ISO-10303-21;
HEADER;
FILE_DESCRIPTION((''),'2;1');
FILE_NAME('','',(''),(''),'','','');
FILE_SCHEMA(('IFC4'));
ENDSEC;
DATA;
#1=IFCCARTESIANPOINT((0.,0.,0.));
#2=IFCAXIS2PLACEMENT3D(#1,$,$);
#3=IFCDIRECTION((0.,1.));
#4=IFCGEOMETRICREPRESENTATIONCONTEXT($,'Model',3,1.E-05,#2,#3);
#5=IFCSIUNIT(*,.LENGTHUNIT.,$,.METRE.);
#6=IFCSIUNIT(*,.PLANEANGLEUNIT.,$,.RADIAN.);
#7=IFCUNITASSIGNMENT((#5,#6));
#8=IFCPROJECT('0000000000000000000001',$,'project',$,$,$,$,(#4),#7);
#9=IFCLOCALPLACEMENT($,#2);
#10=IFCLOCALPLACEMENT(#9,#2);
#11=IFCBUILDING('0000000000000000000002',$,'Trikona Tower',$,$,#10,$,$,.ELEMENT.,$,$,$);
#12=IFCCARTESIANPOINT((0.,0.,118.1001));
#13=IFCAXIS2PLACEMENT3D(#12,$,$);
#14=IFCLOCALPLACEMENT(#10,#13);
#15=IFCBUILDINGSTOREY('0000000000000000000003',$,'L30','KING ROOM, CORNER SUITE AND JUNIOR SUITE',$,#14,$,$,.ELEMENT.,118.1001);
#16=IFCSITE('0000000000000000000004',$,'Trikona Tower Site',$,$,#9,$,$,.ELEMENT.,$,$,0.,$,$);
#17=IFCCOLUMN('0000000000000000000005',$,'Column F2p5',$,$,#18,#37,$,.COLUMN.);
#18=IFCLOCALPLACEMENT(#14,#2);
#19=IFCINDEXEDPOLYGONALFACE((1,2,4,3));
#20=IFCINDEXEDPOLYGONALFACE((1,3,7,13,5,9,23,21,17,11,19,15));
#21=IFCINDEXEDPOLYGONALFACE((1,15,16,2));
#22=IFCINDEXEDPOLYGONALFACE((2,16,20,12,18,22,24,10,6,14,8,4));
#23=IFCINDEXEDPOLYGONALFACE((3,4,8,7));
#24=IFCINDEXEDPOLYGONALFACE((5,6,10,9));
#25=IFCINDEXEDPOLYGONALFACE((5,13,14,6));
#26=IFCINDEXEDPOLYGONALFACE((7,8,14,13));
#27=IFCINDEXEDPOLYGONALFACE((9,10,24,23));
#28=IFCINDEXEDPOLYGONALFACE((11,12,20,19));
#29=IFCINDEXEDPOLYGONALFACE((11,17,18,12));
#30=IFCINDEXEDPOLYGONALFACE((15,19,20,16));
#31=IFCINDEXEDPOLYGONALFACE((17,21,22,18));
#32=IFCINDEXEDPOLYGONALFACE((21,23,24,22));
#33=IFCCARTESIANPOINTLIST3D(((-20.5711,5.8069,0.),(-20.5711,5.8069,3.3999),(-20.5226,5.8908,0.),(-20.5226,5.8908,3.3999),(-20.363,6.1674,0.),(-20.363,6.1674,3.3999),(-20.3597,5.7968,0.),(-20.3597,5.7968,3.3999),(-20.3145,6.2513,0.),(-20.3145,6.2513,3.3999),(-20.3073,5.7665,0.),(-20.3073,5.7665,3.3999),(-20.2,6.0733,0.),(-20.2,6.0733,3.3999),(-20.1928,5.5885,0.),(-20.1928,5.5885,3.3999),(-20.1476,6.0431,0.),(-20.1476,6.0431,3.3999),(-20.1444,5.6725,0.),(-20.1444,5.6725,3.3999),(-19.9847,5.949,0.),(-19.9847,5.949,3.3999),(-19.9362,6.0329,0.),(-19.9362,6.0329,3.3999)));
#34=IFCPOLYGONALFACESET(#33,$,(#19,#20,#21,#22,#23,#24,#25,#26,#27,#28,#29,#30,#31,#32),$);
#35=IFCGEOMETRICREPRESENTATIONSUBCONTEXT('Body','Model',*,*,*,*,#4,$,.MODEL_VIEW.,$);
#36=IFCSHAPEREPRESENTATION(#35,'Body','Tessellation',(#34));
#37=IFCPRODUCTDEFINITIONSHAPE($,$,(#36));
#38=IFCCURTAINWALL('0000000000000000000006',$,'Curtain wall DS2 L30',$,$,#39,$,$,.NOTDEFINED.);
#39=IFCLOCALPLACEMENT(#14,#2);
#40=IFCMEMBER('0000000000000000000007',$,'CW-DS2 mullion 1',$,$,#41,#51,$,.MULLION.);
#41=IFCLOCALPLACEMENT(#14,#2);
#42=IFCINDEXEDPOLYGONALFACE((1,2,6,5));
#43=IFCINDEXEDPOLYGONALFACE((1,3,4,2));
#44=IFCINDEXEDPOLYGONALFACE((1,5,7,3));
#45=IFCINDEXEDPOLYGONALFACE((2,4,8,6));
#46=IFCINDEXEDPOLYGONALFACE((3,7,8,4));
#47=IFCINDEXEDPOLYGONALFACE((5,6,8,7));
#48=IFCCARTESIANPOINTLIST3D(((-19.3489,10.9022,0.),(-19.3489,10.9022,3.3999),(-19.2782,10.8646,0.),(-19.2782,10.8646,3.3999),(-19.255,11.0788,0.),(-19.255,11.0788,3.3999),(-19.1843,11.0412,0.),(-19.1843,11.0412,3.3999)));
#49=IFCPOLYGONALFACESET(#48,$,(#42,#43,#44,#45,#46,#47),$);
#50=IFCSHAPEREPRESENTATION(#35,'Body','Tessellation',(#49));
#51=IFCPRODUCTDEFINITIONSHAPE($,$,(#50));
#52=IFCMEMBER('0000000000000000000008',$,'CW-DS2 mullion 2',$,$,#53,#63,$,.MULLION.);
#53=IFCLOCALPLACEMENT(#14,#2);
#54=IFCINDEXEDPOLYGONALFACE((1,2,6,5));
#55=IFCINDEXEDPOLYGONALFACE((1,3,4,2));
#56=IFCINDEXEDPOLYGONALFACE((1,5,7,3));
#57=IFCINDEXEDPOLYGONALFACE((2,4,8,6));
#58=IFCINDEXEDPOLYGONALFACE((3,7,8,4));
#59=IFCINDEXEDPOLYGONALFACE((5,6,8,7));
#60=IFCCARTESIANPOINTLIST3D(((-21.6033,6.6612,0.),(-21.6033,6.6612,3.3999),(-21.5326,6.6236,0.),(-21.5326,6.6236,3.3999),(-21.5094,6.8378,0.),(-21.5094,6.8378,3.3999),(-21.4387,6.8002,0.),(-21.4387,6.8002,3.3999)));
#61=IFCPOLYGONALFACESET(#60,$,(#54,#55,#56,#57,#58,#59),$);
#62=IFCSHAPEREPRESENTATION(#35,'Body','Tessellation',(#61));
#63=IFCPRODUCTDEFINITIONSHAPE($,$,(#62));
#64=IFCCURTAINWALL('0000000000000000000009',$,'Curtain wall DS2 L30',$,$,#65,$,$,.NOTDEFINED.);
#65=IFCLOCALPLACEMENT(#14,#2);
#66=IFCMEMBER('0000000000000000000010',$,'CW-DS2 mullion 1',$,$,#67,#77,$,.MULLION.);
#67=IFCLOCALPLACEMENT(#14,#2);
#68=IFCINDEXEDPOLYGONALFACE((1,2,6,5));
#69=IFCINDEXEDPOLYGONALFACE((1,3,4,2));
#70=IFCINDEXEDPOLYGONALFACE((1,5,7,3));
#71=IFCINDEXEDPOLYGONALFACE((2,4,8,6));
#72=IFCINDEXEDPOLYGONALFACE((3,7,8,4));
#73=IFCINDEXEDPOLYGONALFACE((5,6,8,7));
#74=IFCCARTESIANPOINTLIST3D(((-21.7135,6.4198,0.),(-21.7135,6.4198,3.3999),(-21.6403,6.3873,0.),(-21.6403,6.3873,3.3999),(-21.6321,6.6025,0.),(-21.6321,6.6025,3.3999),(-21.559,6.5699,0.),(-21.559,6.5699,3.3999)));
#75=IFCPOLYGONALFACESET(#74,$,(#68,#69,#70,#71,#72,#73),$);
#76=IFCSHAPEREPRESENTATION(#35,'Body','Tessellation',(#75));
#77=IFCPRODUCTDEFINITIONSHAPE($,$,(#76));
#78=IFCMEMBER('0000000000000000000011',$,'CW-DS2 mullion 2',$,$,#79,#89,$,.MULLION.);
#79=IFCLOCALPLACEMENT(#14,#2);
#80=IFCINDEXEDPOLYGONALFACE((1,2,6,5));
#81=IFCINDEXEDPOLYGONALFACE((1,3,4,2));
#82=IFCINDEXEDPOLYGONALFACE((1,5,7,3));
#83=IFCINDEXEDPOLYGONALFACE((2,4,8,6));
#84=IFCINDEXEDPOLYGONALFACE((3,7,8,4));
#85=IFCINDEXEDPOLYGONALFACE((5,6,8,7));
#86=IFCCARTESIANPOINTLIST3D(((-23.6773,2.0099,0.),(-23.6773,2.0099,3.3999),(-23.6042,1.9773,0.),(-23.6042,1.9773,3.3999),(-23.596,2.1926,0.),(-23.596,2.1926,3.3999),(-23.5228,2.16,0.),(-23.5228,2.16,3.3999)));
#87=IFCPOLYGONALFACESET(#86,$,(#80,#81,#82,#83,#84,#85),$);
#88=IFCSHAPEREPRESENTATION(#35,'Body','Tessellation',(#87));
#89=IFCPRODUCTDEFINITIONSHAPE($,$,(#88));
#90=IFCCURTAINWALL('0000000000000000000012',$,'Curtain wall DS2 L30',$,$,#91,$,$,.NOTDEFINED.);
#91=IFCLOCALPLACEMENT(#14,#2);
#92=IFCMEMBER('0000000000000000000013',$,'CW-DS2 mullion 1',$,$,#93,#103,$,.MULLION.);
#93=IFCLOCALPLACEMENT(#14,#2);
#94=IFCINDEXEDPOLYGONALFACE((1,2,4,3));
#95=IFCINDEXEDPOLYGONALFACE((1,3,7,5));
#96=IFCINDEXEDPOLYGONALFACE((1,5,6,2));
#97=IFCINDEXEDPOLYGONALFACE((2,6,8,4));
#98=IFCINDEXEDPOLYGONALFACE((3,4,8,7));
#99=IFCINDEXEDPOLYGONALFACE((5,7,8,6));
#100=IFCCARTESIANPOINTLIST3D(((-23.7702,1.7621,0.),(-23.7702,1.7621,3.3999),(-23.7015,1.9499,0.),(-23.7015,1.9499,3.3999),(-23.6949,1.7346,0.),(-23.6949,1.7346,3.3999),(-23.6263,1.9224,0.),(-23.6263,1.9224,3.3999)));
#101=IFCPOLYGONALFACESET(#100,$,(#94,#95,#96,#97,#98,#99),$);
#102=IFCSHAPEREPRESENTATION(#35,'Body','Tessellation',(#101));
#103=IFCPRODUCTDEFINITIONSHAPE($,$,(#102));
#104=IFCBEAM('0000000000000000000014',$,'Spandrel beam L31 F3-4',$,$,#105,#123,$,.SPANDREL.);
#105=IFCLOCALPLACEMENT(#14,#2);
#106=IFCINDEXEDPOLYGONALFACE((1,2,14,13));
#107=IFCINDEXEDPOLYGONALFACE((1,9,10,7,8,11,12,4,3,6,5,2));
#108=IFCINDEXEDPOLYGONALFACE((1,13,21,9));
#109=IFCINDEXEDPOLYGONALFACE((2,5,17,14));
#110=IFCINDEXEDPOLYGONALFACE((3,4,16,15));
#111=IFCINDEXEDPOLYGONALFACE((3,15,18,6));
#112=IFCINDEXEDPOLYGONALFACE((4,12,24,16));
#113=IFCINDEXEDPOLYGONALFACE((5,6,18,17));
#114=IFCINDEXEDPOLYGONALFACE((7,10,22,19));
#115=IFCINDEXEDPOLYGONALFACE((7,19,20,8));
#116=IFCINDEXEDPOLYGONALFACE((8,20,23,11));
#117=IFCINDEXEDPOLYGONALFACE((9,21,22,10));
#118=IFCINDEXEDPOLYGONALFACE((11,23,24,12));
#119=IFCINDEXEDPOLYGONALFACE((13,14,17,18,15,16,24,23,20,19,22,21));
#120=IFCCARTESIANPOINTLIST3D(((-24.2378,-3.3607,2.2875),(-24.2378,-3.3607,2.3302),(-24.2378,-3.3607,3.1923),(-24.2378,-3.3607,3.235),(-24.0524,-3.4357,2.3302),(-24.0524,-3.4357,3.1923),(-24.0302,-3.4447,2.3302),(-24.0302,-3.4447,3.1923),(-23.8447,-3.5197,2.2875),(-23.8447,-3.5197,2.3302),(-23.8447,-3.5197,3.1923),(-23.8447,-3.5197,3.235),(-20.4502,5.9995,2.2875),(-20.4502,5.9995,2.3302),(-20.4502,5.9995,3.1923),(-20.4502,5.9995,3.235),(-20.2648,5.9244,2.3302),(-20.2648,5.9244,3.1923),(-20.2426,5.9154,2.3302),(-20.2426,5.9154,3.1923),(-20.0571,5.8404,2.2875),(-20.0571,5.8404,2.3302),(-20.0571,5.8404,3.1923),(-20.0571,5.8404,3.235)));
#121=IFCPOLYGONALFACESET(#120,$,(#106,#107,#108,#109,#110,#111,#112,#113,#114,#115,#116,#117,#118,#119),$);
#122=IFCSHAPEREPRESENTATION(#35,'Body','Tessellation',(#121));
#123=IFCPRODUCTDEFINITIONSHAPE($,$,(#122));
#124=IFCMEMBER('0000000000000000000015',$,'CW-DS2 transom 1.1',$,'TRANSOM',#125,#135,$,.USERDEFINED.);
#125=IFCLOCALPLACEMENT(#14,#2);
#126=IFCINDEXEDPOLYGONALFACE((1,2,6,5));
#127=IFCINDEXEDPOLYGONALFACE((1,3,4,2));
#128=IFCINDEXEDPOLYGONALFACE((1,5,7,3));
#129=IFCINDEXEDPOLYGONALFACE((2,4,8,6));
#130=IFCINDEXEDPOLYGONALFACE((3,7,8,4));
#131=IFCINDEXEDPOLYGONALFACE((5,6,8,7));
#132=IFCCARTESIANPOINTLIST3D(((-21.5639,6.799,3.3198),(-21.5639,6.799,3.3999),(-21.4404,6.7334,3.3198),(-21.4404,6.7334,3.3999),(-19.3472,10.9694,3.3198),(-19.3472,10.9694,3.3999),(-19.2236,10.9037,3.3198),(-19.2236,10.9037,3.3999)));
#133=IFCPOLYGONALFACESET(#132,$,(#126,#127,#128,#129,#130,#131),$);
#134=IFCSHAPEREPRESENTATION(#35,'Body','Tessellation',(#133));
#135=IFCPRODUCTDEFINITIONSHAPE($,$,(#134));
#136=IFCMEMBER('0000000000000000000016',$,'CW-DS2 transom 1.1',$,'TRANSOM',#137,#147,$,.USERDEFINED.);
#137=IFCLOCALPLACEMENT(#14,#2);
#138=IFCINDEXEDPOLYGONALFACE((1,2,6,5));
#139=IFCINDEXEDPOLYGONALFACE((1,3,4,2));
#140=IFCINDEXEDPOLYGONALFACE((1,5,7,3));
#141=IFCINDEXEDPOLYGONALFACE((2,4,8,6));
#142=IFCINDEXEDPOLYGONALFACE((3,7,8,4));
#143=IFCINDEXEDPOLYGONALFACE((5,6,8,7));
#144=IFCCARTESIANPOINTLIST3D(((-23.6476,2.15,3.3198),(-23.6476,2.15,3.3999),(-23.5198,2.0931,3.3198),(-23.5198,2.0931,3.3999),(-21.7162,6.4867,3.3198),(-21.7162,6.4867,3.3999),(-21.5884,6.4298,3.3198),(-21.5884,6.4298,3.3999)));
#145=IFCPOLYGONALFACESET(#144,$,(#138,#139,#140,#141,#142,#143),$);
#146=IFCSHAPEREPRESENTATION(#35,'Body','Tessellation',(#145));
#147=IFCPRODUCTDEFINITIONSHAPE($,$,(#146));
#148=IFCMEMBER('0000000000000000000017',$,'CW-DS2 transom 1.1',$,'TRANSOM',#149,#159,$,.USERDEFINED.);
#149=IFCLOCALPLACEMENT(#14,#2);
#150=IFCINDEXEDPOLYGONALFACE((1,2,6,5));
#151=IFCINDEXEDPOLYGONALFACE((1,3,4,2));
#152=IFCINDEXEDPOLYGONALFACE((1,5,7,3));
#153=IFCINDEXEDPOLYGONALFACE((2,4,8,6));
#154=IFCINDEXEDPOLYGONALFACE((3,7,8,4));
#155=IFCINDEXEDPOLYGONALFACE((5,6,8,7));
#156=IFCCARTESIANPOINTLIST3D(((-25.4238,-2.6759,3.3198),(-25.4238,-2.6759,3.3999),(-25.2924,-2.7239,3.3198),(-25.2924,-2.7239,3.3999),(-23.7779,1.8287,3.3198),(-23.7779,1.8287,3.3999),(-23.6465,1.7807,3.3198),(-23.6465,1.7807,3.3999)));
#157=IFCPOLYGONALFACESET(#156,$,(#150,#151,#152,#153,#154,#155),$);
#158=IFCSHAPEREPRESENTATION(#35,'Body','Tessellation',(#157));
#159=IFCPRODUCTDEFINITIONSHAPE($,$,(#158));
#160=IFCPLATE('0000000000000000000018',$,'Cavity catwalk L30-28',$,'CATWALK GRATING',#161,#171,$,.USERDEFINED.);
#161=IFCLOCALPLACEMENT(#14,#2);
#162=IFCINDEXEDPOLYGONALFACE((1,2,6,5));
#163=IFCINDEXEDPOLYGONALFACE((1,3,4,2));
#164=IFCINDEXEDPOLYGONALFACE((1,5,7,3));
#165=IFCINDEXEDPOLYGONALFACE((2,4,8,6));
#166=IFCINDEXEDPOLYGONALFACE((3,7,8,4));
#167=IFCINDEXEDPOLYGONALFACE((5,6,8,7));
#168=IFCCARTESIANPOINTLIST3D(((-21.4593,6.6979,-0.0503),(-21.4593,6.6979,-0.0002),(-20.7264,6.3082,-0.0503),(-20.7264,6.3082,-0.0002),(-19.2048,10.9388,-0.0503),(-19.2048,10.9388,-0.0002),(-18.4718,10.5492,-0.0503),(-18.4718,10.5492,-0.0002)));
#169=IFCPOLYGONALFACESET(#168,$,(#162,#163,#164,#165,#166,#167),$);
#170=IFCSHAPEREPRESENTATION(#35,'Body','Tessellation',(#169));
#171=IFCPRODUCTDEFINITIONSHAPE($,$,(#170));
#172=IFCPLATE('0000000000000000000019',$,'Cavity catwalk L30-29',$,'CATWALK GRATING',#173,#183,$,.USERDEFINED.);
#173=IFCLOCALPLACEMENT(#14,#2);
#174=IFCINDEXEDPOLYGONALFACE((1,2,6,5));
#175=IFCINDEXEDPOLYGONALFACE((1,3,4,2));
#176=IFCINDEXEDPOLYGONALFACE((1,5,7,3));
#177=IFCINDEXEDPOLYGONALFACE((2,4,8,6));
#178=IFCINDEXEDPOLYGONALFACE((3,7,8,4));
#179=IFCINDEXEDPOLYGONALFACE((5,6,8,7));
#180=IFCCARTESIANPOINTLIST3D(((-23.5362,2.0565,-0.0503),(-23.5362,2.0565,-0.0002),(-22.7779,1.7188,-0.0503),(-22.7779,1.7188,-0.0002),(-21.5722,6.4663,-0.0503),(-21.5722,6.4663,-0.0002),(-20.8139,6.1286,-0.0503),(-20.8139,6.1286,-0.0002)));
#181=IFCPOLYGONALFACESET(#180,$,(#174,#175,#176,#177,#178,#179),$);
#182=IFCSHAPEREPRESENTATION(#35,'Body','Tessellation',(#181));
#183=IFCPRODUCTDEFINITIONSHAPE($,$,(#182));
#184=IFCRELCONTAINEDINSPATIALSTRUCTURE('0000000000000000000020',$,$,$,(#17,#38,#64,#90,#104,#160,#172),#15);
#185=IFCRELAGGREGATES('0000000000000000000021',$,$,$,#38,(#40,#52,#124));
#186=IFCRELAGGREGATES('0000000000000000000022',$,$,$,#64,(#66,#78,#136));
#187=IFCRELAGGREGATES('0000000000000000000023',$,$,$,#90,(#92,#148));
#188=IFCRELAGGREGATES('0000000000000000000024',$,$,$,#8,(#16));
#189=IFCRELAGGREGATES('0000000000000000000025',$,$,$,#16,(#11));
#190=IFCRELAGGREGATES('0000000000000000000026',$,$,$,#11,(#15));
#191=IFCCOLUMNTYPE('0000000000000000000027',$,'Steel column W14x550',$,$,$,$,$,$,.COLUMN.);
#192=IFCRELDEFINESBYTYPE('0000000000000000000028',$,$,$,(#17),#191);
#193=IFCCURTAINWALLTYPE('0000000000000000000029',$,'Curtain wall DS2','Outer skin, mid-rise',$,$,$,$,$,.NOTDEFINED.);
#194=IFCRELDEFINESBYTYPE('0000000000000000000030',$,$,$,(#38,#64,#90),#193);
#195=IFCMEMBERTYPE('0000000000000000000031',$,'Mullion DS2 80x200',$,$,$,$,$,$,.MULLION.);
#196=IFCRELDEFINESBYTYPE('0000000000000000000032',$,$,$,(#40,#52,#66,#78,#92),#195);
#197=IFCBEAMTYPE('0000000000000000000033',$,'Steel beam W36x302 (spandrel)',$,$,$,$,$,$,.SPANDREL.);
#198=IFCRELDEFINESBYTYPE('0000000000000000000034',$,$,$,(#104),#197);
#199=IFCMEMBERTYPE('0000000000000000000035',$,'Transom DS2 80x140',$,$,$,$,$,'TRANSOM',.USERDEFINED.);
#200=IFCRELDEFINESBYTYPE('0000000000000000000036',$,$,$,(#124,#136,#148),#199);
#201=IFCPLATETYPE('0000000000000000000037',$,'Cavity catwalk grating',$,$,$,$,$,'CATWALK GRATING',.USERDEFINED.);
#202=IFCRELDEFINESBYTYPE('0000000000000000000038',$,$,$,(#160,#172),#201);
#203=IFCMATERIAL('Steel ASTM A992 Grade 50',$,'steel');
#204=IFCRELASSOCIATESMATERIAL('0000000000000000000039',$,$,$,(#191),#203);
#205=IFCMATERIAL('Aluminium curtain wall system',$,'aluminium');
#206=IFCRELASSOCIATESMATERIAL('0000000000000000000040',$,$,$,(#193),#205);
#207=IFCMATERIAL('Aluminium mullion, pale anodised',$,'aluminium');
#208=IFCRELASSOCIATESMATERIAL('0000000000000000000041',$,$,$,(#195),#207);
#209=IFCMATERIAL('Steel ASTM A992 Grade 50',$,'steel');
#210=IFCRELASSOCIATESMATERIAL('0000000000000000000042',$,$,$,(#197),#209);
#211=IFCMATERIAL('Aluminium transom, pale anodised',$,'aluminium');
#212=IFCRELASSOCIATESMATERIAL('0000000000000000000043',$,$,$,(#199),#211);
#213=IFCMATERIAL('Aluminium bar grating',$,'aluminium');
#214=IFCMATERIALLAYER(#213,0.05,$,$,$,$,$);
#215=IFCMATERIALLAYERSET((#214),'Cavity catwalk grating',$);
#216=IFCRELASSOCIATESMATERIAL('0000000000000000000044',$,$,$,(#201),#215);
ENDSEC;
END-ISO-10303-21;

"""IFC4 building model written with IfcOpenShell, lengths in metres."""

from ifc_helpers import new_model, si_unit, direction, frame, origin, origin_2d, place, context, subcontext, project, spatial, rectangle, i_section, extrude, material, layer, layer_set, material_profile, profile_set, type_object, element, aggregate, save


model = new_model("IFC4")

# Units and contexts
model_context = context("Model", 3, precision=1e-05, world=origin(), true_north=direction((0.0, 1.0)))
body_context = subcontext(model_context, "Body", "Model", "MODEL_VIEW")
ifc_project = project(units=[si_unit("LENGTHUNIT", "METRE"), si_unit("PLANEANGLEUNIT", "RADIAN")], contexts=[model_context])

# Site, building, storey
site_placement = place(None, origin())
site = spatial("IfcSite", under=ifc_project, at=site_placement, Name="Trikona Tower Site", CompositionType="ELEMENT", RefElevation=0.0)
building_placement = place(site_placement, origin())
building = spatial("IfcBuilding", under=site, at=building_placement, Name="Trikona Tower", CompositionType="ELEMENT")
storey_placement = place(building_placement, frame((0.0, 0.0, 118.1001)))
storey = spatial("IfcBuildingStorey", under=building, at=storey_placement, Name="L30", Description="KING ROOM, CORNER SUITE AND JUNIOR SUITE", CompositionType="ELEMENT", Elevation=118.1001)

# Column
ifc_material_1 = material(Name="Steel ASTM A992 Grade 50", Category="steel")
ifc_material_profile_1 = material_profile(ifc_material_1, i_section(OverallWidth=0.4368, OverallDepth=0.5132, WebThickness=0.0605, FlangeThickness=0.0969, at=origin_2d()), Name="W14X550")
ifc_profile_set_1 = profile_set([ifc_material_profile_1], Name="Steel ASTM A992 Grade 50")
column_type = type_object("IfcColumnType", Name="Steel column W14x550", PredefinedType="COLUMN", material=ifc_profile_set_1)
column_placement = place(storey_placement, frame((-20.2537, 5.9199, 0.0), z_axis=(0.0, 0.0, 1.0), x_axis=(-0.866025, 0.5, 0.0)))
element("IfcColumn", 1, at=column_placement, inside=storey, type_object=column_type, Name="Column F2p5", PredefinedType="COLUMN", context=body_context, shape_type="SweptSolid", body=[
    extrude(i_section(OverallWidth=0.4368, OverallDepth=0.5132, WebThickness=0.0605, FlangeThickness=0.0969, at=origin_2d()), origin(), (0.0, 0.0, 1.0), 3.3999),
])

# Curtain walls, members
ifc_material_2 = material(Name="Aluminium curtain wall system", Category="aluminium")
curtain_wall_type = type_object("IfcCurtainWallType", Name="Curtain wall DS2", Description="Outer skin, mid-rise", PredefinedType="NOTDEFINED", material=ifc_material_2)
curtain_wall_1_placement = place(storey_placement, origin())
curtain_wall_1 = element("IfcCurtainWall", 2, at=curtain_wall_1_placement, inside=storey, type_object=curtain_wall_type, Name="Curtain wall DS2 L30", PredefinedType="NOTDEFINED")
ifc_material_3 = material(Name="Aluminium mullion, pale anodised", Category="aluminium")
ifc_material_profile_2 = material_profile(ifc_material_3, rectangle(XDim=0.0801, YDim=0.2, at=origin_2d()), Name="MUL-DS2")
ifc_profile_set_2 = profile_set([ifc_material_profile_2], Name="Aluminium mullion, pale anodised")
member_type_1 = type_object("IfcMemberType", Name="Mullion DS2 80x200", PredefinedType="MULLION", material=ifc_profile_set_2)
member_1_placement = place(storey_placement, frame((-19.2666, 10.9717, 0.0), z_axis=(0.0, 0.0, 1.0), x_axis=(0.882996, -0.46938, 0.0)))
member_1 = element("IfcMember", 3, at=member_1_placement, type_object=member_type_1, Name="CW-DS2 mullion 1", PredefinedType="MULLION", context=body_context, shape_type="SweptSolid", body=[
    extrude(rectangle(XDim=0.0801, YDim=0.2, at=origin_2d()), origin(), (0.0, 0.0, 1.0), 3.3999),
])
member_2_placement = place(storey_placement, frame((-21.521, 6.7307, 0.0), z_axis=(0.0, 0.0, 1.0), x_axis=(0.882996, -0.46938, 0.0)))
member_2 = element("IfcMember", 4, at=member_2_placement, type_object=member_type_1, Name="CW-DS2 mullion 2", PredefinedType="MULLION", context=body_context, shape_type="SweptSolid", body=[
    extrude(rectangle(XDim=0.0801, YDim=0.2, at=origin_2d()), origin(), (0.0, 0.0, 1.0), 3.3999),
])
curtain_wall_2_placement = place(storey_placement, origin())
curtain_wall_2 = element("IfcCurtainWall", 5, at=curtain_wall_2_placement, inside=storey, type_object=curtain_wall_type, Name="Curtain wall DS2 L30", PredefinedType="NOTDEFINED")
member_3_placement = place(storey_placement, frame((-21.6362, 6.4949, 0.0), z_axis=(0.0, 0.0, 1.0), x_axis=(0.913501, -0.406836, 0.0)))
member_3 = element("IfcMember", 6, at=member_3_placement, type_object=member_type_1, Name="CW-DS2 mullion 1", PredefinedType="MULLION", context=body_context, shape_type="SweptSolid", body=[
    extrude(rectangle(XDim=0.0801, YDim=0.2, at=origin_2d()), origin(), (0.0, 0.0, 1.0), 3.3999),
])
member_4_placement = place(storey_placement, frame((-23.6001, 2.085, 0.0), z_axis=(0.0, 0.0, 1.0), x_axis=(0.913501, -0.406836, 0.0)))
member_4 = element("IfcMember", 7, at=member_4_placement, type_object=member_type_1, Name="CW-DS2 mullion 2", PredefinedType="MULLION", context=body_context, shape_type="SweptSolid", body=[
    extrude(rectangle(XDim=0.0801, YDim=0.2, at=origin_2d()), origin(), (0.0, 0.0, 1.0), 3.3999),
])

# Curtain wall, member
curtain_wall_3_placement = place(storey_placement, origin())
curtain_wall_3 = element("IfcCurtainWall", 8, at=curtain_wall_3_placement, inside=storey, type_object=curtain_wall_type, Name="Curtain wall DS2 L30", PredefinedType="NOTDEFINED")
member_5_placement = place(storey_placement, frame((-23.6982, 1.8423, 0.0), z_axis=(0.0, 0.0, 1.0), x_axis=(0.939254, -0.343223, 0.0)))
member_5 = element("IfcMember", 9, at=member_5_placement, type_object=member_type_1, Name="CW-DS2 mullion 1", PredefinedType="MULLION", context=body_context, shape_type="SweptSolid", body=[
    extrude(rectangle(XDim=0.0801, YDim=0.2, at=origin_2d()), origin(), (0.0, 0.0, 1.0), 3.3999),
])

# Beam
ifc_material_4 = material(Name="Steel ASTM A992 Grade 50", Category="steel")
ifc_material_profile_3 = material_profile(ifc_material_4, i_section(OverallWidth=0.4241, OverallDepth=0.9475, WebThickness=0.0239, FlangeThickness=0.0427, at=origin_2d()), Name="W36X302")
ifc_profile_set_3 = profile_set([ifc_material_profile_3], Name="Steel ASTM A992 Grade 50")
beam_type = type_object("IfcBeamType", Name="Steel beam W36x302 (spandrel)", PredefinedType="SPANDREL", material=ifc_profile_set_3)
beam_placement = place(storey_placement, frame((-20.2537, 5.9199, 2.7612), z_axis=(-0.375106, -0.926982, 0.0), x_axis=(0.926982, -0.375106, 0.0)))
element("IfcBeam", 10, at=beam_placement, inside=storey, type_object=beam_type, Name="Spandrel beam L31 F3-4", PredefinedType="SPANDREL", context=body_context, shape_type="SweptSolid", body=[
    extrude(i_section(OverallWidth=0.4241, OverallDepth=0.9475, WebThickness=0.0239, FlangeThickness=0.0427, at=origin_2d()), origin(), (0.0, 0.0, 1.0), 10.0974),
])

# Members
ifc_material_5 = material(Name="Aluminium transom, pale anodised", Category="aluminium")
ifc_material_profile_4 = material_profile(ifc_material_5, rectangle(XDim=0.1399, YDim=0.0801, at=origin_2d()), Name="TRN-DS2")
ifc_profile_set_4 = profile_set([ifc_material_profile_4], Name="Aluminium transom, pale anodised")
member_type_2 = type_object("IfcMemberType", Name="Transom DS2 80x140", ElementType="TRANSOM", PredefinedType="USERDEFINED", material=ifc_profile_set_4)
member_6_placement = place(storey_placement, frame((-19.2854, 10.9365, 3.3599), z_axis=(-0.469364, -0.883005, 0.0), x_axis=(0.883005, -0.469364, 0.0)))
member_6 = element("IfcMember", 11, at=member_6_placement, type_object=member_type_2, Name="CW-DS2 transom 1.1", ObjectType="TRANSOM", PredefinedType="USERDEFINED", context=body_context, shape_type="SweptSolid", body=[
    extrude(rectangle(XDim=0.1399, YDim=0.0801, at=origin_2d()), origin(), (0.0, 0.0, 1.0), 4.7229),
])
member_7_placement = place(storey_placement, frame((-21.6523, 6.4583, 3.3599), z_axis=(-0.40684, -0.9135, 0.0), x_axis=(0.9135, -0.40684, 0.0)))
member_7 = element("IfcMember", 12, at=member_7_placement, type_object=member_type_2, Name="CW-DS2 transom 1.1", ObjectType="TRANSOM", PredefinedType="USERDEFINED", context=body_context, shape_type="SweptSolid", body=[
    extrude(rectangle(XDim=0.1399, YDim=0.0801, at=origin_2d()), origin(), (0.0, 0.0, 1.0), 4.7473),
])
member_8_placement = place(storey_placement, frame((-23.7122, 1.8047, 3.3599), z_axis=(-0.343206, -0.93926, 0.0), x_axis=(0.93926, -0.343206, 0.0)))
member_8 = element("IfcMember", 13, at=member_8_placement, type_object=member_type_2, Name="CW-DS2 transom 1.1", ObjectType="TRANSOM", PredefinedType="USERDEFINED", context=body_context, shape_type="SweptSolid", body=[
    extrude(rectangle(XDim=0.1399, YDim=0.0801, at=origin_2d()), origin(), (0.0, 0.0, 1.0), 4.7959),
])

# Plates
ifc_material_6 = material(Name="Aluminium bar grating", Category="aluminium")
ifc_layer_1 = layer(ifc_material_6, 0.05)
ifc_layer_set_1 = layer_set([ifc_layer_1], Name="Cavity catwalk grating")
plate_type_1 = type_object("IfcPlateType", Name="Cavity catwalk grating", ElementType="CATWALK GRATING", PredefinedType="USERDEFINED", material=ifc_layer_set_1)
plate_1_placement = place(storey_placement, frame((-19.9656, 8.6235, -0.0503), z_axis=(0.0, 0.0, 1.0), x_axis=(-0.469398, -0.882987, 0.0)))
element("IfcPlate", 14, at=plate_1_placement, inside=storey, type_object=plate_type_1, Name="Cavity catwalk L30-28", ObjectType="CATWALK GRATING", PredefinedType="USERDEFINED", context=body_context, shape_type="SweptSolid", body=[
    extrude(rectangle(XDim=4.803, YDim=0.8301, at=origin_2d()), origin(), (0.0, 0.0, 1.0), 0.05),
])
plate_2_placement = place(storey_placement, frame((-22.175, 4.0925, -0.0503), z_axis=(0.0, 0.0, 1.0), x_axis=(-0.406843, -0.913498, 0.0)))
element("IfcPlate", 15, at=plate_2_placement, inside=storey, type_object=plate_type_1, Name="Cavity catwalk L30-29", ObjectType="CATWALK GRATING", PredefinedType="USERDEFINED", context=body_context, shape_type="SweptSolid", body=[
    extrude(rectangle(XDim=4.8274, YDim=0.8301, at=origin_2d()), origin(), (0.0, 0.0, 1.0), 0.05),
])

aggregate(curtain_wall_1, [member_1, member_2, member_6])
aggregate(curtain_wall_2, [member_3, member_4, member_7])
aggregate(curtain_wall_3, [member_5, member_8])

save(model, "model.ifc")
